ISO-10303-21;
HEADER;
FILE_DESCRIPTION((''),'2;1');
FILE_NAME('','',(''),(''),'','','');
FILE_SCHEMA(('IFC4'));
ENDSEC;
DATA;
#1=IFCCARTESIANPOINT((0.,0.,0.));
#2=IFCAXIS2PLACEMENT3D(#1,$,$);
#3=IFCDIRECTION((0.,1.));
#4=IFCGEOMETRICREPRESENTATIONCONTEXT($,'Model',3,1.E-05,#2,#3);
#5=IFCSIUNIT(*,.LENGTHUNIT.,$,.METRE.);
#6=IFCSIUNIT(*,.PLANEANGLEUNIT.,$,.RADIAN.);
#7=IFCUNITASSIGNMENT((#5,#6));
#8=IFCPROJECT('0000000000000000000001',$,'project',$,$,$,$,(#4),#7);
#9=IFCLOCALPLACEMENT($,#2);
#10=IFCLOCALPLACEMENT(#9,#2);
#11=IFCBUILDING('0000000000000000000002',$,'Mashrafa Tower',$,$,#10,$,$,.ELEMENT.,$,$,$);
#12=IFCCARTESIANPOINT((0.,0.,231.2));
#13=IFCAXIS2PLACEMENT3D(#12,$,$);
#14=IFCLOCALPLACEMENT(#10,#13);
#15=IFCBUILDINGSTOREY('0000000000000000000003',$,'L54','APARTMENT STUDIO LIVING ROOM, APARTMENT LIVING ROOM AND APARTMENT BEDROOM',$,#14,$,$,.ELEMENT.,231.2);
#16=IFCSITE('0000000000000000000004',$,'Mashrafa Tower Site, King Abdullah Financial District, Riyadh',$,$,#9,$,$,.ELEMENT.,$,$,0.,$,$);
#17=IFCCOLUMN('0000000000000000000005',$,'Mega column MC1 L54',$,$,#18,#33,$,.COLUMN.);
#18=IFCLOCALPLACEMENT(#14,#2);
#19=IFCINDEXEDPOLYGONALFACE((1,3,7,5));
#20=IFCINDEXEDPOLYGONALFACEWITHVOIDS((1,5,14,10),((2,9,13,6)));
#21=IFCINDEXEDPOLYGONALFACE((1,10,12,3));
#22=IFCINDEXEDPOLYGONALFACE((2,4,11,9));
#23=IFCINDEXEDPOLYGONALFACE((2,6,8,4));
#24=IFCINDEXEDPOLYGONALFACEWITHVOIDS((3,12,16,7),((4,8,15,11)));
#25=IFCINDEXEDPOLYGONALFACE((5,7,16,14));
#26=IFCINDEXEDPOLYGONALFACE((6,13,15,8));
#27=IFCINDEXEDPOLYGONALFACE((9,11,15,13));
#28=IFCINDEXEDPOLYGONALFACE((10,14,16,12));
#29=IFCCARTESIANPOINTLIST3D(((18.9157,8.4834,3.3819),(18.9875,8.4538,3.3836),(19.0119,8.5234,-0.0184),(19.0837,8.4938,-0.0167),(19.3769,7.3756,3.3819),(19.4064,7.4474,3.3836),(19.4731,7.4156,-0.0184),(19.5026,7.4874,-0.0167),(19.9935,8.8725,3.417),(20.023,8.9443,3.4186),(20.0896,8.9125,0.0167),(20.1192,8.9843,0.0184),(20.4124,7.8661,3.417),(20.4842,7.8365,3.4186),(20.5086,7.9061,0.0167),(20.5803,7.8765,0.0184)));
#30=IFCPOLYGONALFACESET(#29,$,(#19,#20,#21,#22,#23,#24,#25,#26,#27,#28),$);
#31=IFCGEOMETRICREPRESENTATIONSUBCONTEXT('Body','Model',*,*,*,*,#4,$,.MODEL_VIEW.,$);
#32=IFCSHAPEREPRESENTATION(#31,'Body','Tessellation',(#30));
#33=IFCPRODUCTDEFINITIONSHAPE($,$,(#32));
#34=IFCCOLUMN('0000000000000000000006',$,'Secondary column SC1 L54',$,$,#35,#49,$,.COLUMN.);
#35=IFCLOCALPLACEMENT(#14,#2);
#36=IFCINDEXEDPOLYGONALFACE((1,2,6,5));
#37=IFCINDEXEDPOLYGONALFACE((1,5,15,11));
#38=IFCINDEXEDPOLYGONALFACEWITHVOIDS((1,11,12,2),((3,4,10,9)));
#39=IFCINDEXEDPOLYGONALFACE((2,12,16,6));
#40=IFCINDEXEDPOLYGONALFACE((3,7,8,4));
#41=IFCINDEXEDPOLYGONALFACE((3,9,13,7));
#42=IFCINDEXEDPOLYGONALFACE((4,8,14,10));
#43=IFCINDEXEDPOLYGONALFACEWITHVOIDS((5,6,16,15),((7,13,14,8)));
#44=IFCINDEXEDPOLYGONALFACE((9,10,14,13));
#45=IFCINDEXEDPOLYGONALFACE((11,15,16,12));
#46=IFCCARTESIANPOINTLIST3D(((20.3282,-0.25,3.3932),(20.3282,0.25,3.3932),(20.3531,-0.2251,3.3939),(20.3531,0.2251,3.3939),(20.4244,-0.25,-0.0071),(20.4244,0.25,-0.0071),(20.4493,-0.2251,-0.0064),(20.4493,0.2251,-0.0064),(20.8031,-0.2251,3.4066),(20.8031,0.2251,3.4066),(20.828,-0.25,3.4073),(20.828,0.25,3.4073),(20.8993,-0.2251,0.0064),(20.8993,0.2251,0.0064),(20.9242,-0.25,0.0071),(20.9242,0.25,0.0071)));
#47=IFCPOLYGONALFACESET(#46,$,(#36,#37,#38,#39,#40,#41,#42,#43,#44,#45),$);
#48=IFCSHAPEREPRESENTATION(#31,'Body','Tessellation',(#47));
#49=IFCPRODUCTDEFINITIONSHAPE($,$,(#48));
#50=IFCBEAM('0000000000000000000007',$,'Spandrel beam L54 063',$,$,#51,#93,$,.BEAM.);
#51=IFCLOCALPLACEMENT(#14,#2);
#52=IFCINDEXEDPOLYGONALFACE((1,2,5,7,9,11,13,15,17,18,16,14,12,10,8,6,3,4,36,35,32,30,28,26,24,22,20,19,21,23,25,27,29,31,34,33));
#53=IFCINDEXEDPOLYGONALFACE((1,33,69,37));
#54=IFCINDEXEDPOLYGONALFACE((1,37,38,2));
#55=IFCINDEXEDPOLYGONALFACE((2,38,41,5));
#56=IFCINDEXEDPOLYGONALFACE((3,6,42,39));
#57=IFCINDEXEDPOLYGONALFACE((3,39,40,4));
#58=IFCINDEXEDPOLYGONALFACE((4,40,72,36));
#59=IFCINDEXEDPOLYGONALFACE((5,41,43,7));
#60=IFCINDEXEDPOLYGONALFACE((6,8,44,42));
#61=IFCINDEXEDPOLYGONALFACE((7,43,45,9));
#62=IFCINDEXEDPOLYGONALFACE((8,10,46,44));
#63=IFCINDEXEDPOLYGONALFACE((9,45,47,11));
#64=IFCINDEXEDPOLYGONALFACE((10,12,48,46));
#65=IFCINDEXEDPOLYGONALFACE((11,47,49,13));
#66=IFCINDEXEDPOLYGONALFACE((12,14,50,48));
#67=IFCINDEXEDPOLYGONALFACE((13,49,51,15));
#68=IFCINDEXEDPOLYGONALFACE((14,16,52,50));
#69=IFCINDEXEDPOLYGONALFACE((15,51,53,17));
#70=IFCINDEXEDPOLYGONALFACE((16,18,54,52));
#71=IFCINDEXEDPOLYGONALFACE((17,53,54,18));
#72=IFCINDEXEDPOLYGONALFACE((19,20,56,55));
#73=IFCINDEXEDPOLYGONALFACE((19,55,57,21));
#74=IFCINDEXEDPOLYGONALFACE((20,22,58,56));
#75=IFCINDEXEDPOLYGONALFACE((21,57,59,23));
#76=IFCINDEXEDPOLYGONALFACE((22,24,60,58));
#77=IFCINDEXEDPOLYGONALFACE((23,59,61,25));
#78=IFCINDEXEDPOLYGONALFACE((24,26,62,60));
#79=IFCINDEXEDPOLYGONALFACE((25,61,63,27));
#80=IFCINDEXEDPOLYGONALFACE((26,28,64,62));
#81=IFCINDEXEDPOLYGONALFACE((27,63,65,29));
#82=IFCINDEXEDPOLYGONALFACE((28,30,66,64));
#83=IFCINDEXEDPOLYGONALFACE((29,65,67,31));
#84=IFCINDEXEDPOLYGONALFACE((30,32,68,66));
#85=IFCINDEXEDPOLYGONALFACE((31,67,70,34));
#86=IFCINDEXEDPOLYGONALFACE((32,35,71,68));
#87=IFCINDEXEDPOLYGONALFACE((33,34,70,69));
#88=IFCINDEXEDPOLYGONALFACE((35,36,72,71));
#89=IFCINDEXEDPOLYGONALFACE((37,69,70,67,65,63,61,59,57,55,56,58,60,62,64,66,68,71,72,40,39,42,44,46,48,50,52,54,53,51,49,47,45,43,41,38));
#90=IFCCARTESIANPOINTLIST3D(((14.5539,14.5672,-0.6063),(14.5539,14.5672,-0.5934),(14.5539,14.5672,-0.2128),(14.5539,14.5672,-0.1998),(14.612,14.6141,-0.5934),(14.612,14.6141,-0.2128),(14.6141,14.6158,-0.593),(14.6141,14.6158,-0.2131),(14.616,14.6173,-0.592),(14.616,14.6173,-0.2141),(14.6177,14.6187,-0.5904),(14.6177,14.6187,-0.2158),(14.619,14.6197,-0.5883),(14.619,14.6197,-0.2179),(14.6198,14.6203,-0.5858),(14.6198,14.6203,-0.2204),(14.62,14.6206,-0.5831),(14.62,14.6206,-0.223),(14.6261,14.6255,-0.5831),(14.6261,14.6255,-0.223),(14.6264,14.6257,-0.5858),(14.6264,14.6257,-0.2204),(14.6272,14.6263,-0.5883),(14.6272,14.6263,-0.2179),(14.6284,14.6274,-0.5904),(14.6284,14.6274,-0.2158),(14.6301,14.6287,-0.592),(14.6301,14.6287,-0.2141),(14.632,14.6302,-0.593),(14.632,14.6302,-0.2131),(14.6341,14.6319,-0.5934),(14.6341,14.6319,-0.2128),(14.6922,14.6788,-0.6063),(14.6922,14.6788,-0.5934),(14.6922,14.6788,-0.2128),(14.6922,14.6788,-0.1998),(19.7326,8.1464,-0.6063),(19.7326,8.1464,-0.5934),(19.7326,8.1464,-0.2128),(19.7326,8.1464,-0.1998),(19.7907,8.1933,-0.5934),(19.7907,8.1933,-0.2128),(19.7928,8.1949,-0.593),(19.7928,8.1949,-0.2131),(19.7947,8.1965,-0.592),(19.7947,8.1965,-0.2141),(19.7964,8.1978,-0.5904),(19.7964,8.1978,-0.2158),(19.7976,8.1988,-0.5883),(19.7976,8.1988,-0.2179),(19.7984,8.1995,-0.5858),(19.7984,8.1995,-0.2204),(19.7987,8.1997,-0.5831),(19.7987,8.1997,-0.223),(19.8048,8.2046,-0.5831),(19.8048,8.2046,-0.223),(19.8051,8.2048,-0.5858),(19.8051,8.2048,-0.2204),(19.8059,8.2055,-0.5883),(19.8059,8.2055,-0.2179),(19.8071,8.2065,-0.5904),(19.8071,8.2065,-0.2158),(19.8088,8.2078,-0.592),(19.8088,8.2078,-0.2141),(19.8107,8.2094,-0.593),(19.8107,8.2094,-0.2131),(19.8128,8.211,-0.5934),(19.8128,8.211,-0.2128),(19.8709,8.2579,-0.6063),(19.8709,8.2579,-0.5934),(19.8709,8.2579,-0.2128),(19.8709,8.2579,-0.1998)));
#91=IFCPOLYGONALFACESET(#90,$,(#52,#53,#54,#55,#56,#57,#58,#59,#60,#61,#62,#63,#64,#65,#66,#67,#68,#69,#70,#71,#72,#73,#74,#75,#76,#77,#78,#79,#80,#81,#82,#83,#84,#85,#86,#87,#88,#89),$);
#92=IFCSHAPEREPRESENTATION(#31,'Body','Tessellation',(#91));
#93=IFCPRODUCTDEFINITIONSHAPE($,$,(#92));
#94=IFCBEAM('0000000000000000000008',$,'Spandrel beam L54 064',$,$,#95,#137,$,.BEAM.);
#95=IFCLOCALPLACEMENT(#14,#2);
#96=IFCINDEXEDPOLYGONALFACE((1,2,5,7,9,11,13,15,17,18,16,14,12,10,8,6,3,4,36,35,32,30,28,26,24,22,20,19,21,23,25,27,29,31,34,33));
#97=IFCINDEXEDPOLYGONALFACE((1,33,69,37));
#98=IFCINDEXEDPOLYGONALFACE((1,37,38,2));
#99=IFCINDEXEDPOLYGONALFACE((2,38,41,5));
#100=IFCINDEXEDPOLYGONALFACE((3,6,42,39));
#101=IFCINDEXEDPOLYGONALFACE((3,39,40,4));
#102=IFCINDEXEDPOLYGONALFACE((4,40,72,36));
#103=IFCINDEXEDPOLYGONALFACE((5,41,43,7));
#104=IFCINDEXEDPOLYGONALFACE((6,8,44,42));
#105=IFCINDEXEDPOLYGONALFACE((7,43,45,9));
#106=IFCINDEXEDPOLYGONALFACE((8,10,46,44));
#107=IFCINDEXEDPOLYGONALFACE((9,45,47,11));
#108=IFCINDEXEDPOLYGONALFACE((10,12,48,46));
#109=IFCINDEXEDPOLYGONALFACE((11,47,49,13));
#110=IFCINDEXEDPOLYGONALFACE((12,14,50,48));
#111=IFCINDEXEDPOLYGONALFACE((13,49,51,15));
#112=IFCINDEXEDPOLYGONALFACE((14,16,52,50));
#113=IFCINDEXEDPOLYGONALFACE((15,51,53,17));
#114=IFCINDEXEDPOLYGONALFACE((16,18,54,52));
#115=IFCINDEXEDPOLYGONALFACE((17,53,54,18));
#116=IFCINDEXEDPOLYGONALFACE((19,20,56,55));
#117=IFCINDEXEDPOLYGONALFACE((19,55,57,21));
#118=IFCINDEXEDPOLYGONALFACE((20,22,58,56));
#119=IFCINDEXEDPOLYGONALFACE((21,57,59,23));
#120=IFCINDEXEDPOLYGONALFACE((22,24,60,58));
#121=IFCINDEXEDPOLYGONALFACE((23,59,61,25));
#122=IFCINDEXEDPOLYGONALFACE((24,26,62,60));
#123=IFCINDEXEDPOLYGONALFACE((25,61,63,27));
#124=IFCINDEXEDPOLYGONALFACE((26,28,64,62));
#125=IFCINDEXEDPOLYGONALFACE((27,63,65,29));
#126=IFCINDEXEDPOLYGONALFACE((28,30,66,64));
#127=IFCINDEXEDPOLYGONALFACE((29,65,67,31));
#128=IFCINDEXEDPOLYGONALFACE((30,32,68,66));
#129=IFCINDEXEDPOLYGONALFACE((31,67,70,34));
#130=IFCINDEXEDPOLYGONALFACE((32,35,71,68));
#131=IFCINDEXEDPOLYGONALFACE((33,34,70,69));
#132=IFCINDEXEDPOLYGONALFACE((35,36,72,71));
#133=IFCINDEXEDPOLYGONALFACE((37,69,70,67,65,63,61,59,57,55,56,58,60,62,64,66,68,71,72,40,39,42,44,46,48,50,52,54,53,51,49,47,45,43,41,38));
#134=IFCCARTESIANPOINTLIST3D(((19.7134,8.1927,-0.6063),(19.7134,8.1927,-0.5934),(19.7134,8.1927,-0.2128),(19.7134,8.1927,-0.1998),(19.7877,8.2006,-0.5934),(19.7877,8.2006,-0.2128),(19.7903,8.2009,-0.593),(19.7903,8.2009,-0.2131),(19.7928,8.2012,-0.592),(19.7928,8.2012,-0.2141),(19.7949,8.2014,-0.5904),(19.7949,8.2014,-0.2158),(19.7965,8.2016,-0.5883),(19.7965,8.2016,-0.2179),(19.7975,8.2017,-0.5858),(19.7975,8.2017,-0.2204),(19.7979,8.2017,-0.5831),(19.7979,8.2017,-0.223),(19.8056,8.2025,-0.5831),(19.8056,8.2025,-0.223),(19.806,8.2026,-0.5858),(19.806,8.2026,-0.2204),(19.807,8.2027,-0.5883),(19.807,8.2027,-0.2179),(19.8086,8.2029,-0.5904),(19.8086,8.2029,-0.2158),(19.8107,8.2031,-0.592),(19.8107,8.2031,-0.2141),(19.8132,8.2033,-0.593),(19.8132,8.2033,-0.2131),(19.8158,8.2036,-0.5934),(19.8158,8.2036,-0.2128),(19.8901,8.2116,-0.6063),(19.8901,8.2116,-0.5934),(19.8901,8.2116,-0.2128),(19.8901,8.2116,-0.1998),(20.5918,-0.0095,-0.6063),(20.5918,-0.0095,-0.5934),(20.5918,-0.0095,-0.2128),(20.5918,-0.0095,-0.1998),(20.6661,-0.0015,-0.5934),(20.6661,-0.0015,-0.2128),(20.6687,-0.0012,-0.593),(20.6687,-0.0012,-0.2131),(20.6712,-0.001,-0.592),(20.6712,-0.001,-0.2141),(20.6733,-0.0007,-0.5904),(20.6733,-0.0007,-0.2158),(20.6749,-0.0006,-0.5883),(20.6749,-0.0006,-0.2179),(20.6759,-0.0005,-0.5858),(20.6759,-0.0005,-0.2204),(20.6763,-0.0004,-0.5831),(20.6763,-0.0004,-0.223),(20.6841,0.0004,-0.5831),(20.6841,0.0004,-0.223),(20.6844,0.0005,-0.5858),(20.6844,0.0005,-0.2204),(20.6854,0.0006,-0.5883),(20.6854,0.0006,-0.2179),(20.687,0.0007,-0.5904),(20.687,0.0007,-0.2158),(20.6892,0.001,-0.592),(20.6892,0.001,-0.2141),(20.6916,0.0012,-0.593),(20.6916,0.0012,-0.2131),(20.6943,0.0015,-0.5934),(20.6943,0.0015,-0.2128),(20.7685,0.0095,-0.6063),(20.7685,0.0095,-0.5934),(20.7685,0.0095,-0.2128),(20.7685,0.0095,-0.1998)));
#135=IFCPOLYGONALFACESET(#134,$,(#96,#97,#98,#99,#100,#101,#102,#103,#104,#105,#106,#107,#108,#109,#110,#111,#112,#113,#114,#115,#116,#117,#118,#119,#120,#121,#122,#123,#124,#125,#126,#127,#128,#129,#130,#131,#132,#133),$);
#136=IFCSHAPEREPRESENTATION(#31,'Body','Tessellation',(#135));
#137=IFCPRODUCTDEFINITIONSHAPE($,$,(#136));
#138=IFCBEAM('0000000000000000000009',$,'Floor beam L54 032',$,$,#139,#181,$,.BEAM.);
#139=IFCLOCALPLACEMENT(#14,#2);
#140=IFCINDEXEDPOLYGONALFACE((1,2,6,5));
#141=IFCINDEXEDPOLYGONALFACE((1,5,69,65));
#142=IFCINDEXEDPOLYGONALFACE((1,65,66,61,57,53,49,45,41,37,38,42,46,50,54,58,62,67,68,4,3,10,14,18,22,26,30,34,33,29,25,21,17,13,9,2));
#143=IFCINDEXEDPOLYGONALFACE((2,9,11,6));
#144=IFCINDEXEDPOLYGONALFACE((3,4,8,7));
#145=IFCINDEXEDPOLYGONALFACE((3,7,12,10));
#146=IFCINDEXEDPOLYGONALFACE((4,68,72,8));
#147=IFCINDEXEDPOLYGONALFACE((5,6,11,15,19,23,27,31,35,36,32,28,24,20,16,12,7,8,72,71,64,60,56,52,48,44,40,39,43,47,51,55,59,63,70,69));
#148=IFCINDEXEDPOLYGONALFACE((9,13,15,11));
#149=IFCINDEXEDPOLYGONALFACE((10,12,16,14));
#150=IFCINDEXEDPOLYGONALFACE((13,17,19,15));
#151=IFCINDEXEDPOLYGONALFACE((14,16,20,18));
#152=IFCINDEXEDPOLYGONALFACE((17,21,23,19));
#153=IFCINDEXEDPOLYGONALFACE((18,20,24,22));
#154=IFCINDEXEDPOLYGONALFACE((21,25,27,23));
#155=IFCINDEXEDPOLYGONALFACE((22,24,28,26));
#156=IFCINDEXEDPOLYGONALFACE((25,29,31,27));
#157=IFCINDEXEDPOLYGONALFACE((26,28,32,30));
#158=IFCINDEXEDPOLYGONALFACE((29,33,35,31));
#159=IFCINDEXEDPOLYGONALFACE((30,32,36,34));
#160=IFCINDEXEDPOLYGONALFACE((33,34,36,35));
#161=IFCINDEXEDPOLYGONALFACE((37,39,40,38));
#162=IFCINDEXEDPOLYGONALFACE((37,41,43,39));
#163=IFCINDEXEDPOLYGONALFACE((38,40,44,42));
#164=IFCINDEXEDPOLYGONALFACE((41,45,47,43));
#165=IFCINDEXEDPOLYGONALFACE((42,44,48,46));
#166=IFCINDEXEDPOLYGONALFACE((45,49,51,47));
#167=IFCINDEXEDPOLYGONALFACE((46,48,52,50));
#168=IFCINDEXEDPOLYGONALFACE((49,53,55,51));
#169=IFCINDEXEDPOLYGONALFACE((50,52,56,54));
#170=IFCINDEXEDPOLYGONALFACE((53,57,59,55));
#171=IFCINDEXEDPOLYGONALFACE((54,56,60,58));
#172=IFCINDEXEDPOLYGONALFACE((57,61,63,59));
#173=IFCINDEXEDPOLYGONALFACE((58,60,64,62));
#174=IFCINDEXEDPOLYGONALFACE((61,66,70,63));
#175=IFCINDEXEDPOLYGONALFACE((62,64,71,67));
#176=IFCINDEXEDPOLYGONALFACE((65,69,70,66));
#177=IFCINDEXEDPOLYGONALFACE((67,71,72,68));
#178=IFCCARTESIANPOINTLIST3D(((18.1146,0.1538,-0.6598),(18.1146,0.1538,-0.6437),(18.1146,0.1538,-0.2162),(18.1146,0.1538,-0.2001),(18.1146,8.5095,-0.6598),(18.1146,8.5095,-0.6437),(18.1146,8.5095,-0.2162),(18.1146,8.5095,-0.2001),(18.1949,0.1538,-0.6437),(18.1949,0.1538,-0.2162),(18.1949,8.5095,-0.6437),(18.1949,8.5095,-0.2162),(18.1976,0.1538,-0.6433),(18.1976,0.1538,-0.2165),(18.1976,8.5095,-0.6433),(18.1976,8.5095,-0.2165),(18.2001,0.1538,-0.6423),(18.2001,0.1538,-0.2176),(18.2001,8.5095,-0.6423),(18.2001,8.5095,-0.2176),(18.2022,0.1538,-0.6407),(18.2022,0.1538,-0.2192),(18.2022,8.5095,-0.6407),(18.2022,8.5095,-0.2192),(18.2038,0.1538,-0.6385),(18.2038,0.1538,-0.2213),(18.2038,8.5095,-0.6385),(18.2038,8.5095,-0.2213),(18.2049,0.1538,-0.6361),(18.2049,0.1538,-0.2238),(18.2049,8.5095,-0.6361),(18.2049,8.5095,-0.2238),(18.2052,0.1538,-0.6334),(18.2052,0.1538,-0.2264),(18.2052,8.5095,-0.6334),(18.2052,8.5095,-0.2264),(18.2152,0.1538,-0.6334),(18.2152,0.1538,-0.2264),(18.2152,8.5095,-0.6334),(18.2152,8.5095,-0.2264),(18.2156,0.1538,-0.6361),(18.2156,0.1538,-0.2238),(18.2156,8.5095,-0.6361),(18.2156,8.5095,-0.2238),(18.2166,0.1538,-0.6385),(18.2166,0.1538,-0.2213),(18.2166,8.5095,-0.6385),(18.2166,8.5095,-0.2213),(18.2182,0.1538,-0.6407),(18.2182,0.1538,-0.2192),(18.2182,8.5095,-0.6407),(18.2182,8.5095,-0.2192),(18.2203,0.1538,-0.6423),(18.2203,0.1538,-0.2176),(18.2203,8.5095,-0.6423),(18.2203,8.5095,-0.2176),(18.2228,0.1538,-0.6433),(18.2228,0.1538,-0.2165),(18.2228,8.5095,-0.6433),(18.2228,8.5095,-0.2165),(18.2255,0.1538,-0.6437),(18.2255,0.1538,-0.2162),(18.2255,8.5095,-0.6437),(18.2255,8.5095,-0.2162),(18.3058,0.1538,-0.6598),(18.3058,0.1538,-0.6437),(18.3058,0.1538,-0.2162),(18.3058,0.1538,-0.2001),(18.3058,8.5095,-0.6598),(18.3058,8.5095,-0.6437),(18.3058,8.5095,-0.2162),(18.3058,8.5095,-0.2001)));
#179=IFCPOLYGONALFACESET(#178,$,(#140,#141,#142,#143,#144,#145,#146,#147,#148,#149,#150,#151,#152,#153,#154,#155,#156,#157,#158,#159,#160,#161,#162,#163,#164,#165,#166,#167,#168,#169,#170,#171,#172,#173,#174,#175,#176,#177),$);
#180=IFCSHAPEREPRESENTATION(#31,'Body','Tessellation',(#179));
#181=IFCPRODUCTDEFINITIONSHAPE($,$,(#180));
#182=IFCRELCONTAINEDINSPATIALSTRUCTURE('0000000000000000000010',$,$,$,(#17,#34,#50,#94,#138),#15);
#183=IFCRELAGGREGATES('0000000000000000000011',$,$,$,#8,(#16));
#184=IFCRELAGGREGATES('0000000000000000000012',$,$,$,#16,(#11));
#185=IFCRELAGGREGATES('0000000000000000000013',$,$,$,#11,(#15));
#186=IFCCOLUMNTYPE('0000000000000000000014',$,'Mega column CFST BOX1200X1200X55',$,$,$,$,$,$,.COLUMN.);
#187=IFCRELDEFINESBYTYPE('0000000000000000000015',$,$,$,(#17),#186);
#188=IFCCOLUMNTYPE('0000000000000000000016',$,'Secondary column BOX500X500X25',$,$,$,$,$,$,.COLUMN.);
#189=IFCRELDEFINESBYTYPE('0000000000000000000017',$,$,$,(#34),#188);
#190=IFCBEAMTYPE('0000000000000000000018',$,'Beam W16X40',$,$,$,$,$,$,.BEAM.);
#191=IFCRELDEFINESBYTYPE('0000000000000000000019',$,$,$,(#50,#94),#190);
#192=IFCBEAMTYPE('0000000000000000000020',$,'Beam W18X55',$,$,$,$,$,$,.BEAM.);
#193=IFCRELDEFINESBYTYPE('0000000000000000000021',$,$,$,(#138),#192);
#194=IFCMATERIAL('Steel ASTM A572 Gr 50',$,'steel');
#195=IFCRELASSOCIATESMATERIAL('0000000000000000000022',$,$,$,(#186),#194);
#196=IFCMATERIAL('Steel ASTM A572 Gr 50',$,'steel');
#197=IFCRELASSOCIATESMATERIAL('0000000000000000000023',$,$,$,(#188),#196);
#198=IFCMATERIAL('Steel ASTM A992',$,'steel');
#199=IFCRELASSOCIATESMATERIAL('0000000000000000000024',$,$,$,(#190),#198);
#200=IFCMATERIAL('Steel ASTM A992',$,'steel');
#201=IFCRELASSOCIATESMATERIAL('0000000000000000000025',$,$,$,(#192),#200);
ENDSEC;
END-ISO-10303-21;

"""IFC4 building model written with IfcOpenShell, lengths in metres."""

from ifc_helpers import new_model, si_unit, direction, frame, origin, origin_2d, place, context, subcontext, project, spatial, hollow_rectangle, i_section, extrude, material, material_profile, profile_set, type_object, element, save


model = new_model("IFC4")

# Units and contexts
model_context = context("Model", 3, precision=1e-05, world=origin(), true_north=direction((0.0, 1.0)))
body_context = subcontext(model_context, "Body", "Model", "MODEL_VIEW")
ifc_project = project(units=[si_unit("LENGTHUNIT", "METRE"), si_unit("PLANEANGLEUNIT", "RADIAN")], contexts=[model_context])

# Site, building, storey
site_placement = place(None, origin())
site = spatial("IfcSite", under=ifc_project, at=site_placement, Name="Mashrafa Tower Site, King Abdullah Financial District, Riyadh", CompositionType="ELEMENT", RefElevation=0.0)
building_placement = place(site_placement, origin())
building = spatial("IfcBuilding", under=site, at=building_placement, Name="Mashrafa Tower", CompositionType="ELEMENT")
storey_placement = place(building_placement, frame((0.0, 0.0, 231.2)))
storey = spatial("IfcBuildingStorey", under=building, at=storey_placement, Name="L54", Description="APARTMENT STUDIO LIVING ROOM, APARTMENT LIVING ROOM AND APARTMENT BEDROOM", CompositionType="ELEMENT", Elevation=231.2)

# Columns
ifc_material_1 = material(Name="Steel ASTM A572 Gr 50", Category="steel")
ifc_material_profile_1 = material_profile(ifc_material_1, hollow_rectangle(XDim=1.2, YDim=1.2, WallThickness=0.0549, at=origin_2d()), Name="BOX1200X1200X55")
ifc_profile_set_1 = profile_set([ifc_material_profile_1], Name="Steel ASTM A572 Gr 50")
column_type_1 = type_object("IfcColumnType", Name="Mega column CFST BOX1200X1200X55", PredefinedType="COLUMN", material=ifc_profile_set_1)
column_1_placement = place(storey_placement, frame((19.7961, 8.2, 0.0), z_axis=(-0.028277, -0.01177, 0.999531), x_axis=(0.384283, -0.923216, 0.0)))
element("IfcColumn", 1, at=column_1_placement, inside=storey, type_object=column_type_1, Name="Mega column MC1 L54", PredefinedType="COLUMN", context=body_context, shape_type="SweptSolid", body=[
    extrude(hollow_rectangle(XDim=1.2, YDim=1.2, WallThickness=0.0549, at=origin_2d()), origin(), (0.0, 0.0, 1.0), 3.4019),
])
ifc_material_2 = material(Name="Steel ASTM A572 Gr 50", Category="steel")
ifc_material_profile_2 = material_profile(ifc_material_2, hollow_rectangle(XDim=0.5, YDim=0.5, WallThickness=0.0249, at=origin_2d()), Name="BOX500X500X25")
ifc_profile_set_2 = profile_set([ifc_material_profile_2], Name="Steel ASTM A572 Gr 50")
column_type_2 = type_object("IfcColumnType", Name="Secondary column BOX500X500X25", PredefinedType="COLUMN", material=ifc_profile_set_2)
column_2_placement = place(storey_placement, frame((20.6743, 0.0, 0.0), z_axis=(-0.028279, 0.0, 0.9996), x_axis=(0.0, -1.0, 0.0)))
element("IfcColumn", 2, at=column_2_placement, inside=storey, type_object=column_type_2, Name="Secondary column SC1 L54", PredefinedType="COLUMN", context=body_context, shape_type="SweptSolid", body=[
    extrude(hollow_rectangle(XDim=0.5, YDim=0.5, WallThickness=0.0249, at=origin_2d()), origin(), (0.0, 0.0, 1.0), 3.4016),
])

# Beams
ifc_material_3 = material(Name="Steel ASTM A992", Category="steel")
ifc_material_profile_3 = material_profile(ifc_material_3, i_section(OverallWidth=0.1777, OverallDepth=0.4065, WebThickness=0.0078, FlangeThickness=0.0129, FilletRadius=0.0103, at=origin_2d()), Name="W16X40")
ifc_profile_set_3 = profile_set([ifc_material_profile_3], Name="Steel ASTM A992")
beam_type_1 = type_object("IfcBeamType", Name="Beam W16X40", PredefinedType="BEAM", material=ifc_profile_set_3)
for number, where, z_axis, x_axis, name in (
    (3, (19.8018, 8.2021, -0.4031), (-0.627794, 0.778379, 0.0), (-0.778379, -0.627794, 0.0), "Spandrel beam L54 063"),
    (4, (20.6802, 0.0, -0.4031), (-0.106487, 0.994314, 0.0), (-0.994314, -0.106487, 0.0), "Spandrel beam L54 064"),
):
    element("IfcBeam", number, at=place(storey_placement, frame(where, z_axis=z_axis, x_axis=x_axis)), inside=storey, type_object=beam_type_1, Name=name, PredefinedType="BEAM", context=body_context, shape_type="SweptSolid", body=[
        extrude(i_section(OverallWidth=0.1777, OverallDepth=0.4065, WebThickness=0.0078, FlangeThickness=0.0129, FilletRadius=0.0103, at=origin_2d()), origin(), (0.0, 0.0, 1.0), 8.249),
    ])
ifc_material_4 = material(Name="Steel ASTM A992", Category="steel")
ifc_material_profile_4 = material_profile(ifc_material_4, i_section(OverallWidth=0.1912, OverallDepth=0.4597, WebThickness=0.01, FlangeThickness=0.0161, FilletRadius=0.0103, at=origin_2d()), Name="W18X55")
ifc_profile_set_4 = profile_set([ifc_material_profile_4], Name="Steel ASTM A992")
beam_type_2 = type_object("IfcBeamType", Name="Beam W18X55", PredefinedType="BEAM", material=ifc_profile_set_4)
beam_1_placement = place(storey_placement, frame((18.2102, 8.5095, -0.4299), z_axis=(0.0, -1.0, 0.0), x_axis=(1.0, 0.0, 0.0)))
element("IfcBeam", 5, at=beam_1_placement, inside=storey, type_object=beam_type_2, Name="Floor beam L54 032", PredefinedType="BEAM", context=body_context, shape_type="SweptSolid", body=[
    extrude(i_section(OverallWidth=0.1912, OverallDepth=0.4597, WebThickness=0.01, FlangeThickness=0.0161, FilletRadius=0.0103, at=origin_2d()), origin(), (0.0, 0.0, 1.0), 8.3557),
])

save(model, "model.ifc")
